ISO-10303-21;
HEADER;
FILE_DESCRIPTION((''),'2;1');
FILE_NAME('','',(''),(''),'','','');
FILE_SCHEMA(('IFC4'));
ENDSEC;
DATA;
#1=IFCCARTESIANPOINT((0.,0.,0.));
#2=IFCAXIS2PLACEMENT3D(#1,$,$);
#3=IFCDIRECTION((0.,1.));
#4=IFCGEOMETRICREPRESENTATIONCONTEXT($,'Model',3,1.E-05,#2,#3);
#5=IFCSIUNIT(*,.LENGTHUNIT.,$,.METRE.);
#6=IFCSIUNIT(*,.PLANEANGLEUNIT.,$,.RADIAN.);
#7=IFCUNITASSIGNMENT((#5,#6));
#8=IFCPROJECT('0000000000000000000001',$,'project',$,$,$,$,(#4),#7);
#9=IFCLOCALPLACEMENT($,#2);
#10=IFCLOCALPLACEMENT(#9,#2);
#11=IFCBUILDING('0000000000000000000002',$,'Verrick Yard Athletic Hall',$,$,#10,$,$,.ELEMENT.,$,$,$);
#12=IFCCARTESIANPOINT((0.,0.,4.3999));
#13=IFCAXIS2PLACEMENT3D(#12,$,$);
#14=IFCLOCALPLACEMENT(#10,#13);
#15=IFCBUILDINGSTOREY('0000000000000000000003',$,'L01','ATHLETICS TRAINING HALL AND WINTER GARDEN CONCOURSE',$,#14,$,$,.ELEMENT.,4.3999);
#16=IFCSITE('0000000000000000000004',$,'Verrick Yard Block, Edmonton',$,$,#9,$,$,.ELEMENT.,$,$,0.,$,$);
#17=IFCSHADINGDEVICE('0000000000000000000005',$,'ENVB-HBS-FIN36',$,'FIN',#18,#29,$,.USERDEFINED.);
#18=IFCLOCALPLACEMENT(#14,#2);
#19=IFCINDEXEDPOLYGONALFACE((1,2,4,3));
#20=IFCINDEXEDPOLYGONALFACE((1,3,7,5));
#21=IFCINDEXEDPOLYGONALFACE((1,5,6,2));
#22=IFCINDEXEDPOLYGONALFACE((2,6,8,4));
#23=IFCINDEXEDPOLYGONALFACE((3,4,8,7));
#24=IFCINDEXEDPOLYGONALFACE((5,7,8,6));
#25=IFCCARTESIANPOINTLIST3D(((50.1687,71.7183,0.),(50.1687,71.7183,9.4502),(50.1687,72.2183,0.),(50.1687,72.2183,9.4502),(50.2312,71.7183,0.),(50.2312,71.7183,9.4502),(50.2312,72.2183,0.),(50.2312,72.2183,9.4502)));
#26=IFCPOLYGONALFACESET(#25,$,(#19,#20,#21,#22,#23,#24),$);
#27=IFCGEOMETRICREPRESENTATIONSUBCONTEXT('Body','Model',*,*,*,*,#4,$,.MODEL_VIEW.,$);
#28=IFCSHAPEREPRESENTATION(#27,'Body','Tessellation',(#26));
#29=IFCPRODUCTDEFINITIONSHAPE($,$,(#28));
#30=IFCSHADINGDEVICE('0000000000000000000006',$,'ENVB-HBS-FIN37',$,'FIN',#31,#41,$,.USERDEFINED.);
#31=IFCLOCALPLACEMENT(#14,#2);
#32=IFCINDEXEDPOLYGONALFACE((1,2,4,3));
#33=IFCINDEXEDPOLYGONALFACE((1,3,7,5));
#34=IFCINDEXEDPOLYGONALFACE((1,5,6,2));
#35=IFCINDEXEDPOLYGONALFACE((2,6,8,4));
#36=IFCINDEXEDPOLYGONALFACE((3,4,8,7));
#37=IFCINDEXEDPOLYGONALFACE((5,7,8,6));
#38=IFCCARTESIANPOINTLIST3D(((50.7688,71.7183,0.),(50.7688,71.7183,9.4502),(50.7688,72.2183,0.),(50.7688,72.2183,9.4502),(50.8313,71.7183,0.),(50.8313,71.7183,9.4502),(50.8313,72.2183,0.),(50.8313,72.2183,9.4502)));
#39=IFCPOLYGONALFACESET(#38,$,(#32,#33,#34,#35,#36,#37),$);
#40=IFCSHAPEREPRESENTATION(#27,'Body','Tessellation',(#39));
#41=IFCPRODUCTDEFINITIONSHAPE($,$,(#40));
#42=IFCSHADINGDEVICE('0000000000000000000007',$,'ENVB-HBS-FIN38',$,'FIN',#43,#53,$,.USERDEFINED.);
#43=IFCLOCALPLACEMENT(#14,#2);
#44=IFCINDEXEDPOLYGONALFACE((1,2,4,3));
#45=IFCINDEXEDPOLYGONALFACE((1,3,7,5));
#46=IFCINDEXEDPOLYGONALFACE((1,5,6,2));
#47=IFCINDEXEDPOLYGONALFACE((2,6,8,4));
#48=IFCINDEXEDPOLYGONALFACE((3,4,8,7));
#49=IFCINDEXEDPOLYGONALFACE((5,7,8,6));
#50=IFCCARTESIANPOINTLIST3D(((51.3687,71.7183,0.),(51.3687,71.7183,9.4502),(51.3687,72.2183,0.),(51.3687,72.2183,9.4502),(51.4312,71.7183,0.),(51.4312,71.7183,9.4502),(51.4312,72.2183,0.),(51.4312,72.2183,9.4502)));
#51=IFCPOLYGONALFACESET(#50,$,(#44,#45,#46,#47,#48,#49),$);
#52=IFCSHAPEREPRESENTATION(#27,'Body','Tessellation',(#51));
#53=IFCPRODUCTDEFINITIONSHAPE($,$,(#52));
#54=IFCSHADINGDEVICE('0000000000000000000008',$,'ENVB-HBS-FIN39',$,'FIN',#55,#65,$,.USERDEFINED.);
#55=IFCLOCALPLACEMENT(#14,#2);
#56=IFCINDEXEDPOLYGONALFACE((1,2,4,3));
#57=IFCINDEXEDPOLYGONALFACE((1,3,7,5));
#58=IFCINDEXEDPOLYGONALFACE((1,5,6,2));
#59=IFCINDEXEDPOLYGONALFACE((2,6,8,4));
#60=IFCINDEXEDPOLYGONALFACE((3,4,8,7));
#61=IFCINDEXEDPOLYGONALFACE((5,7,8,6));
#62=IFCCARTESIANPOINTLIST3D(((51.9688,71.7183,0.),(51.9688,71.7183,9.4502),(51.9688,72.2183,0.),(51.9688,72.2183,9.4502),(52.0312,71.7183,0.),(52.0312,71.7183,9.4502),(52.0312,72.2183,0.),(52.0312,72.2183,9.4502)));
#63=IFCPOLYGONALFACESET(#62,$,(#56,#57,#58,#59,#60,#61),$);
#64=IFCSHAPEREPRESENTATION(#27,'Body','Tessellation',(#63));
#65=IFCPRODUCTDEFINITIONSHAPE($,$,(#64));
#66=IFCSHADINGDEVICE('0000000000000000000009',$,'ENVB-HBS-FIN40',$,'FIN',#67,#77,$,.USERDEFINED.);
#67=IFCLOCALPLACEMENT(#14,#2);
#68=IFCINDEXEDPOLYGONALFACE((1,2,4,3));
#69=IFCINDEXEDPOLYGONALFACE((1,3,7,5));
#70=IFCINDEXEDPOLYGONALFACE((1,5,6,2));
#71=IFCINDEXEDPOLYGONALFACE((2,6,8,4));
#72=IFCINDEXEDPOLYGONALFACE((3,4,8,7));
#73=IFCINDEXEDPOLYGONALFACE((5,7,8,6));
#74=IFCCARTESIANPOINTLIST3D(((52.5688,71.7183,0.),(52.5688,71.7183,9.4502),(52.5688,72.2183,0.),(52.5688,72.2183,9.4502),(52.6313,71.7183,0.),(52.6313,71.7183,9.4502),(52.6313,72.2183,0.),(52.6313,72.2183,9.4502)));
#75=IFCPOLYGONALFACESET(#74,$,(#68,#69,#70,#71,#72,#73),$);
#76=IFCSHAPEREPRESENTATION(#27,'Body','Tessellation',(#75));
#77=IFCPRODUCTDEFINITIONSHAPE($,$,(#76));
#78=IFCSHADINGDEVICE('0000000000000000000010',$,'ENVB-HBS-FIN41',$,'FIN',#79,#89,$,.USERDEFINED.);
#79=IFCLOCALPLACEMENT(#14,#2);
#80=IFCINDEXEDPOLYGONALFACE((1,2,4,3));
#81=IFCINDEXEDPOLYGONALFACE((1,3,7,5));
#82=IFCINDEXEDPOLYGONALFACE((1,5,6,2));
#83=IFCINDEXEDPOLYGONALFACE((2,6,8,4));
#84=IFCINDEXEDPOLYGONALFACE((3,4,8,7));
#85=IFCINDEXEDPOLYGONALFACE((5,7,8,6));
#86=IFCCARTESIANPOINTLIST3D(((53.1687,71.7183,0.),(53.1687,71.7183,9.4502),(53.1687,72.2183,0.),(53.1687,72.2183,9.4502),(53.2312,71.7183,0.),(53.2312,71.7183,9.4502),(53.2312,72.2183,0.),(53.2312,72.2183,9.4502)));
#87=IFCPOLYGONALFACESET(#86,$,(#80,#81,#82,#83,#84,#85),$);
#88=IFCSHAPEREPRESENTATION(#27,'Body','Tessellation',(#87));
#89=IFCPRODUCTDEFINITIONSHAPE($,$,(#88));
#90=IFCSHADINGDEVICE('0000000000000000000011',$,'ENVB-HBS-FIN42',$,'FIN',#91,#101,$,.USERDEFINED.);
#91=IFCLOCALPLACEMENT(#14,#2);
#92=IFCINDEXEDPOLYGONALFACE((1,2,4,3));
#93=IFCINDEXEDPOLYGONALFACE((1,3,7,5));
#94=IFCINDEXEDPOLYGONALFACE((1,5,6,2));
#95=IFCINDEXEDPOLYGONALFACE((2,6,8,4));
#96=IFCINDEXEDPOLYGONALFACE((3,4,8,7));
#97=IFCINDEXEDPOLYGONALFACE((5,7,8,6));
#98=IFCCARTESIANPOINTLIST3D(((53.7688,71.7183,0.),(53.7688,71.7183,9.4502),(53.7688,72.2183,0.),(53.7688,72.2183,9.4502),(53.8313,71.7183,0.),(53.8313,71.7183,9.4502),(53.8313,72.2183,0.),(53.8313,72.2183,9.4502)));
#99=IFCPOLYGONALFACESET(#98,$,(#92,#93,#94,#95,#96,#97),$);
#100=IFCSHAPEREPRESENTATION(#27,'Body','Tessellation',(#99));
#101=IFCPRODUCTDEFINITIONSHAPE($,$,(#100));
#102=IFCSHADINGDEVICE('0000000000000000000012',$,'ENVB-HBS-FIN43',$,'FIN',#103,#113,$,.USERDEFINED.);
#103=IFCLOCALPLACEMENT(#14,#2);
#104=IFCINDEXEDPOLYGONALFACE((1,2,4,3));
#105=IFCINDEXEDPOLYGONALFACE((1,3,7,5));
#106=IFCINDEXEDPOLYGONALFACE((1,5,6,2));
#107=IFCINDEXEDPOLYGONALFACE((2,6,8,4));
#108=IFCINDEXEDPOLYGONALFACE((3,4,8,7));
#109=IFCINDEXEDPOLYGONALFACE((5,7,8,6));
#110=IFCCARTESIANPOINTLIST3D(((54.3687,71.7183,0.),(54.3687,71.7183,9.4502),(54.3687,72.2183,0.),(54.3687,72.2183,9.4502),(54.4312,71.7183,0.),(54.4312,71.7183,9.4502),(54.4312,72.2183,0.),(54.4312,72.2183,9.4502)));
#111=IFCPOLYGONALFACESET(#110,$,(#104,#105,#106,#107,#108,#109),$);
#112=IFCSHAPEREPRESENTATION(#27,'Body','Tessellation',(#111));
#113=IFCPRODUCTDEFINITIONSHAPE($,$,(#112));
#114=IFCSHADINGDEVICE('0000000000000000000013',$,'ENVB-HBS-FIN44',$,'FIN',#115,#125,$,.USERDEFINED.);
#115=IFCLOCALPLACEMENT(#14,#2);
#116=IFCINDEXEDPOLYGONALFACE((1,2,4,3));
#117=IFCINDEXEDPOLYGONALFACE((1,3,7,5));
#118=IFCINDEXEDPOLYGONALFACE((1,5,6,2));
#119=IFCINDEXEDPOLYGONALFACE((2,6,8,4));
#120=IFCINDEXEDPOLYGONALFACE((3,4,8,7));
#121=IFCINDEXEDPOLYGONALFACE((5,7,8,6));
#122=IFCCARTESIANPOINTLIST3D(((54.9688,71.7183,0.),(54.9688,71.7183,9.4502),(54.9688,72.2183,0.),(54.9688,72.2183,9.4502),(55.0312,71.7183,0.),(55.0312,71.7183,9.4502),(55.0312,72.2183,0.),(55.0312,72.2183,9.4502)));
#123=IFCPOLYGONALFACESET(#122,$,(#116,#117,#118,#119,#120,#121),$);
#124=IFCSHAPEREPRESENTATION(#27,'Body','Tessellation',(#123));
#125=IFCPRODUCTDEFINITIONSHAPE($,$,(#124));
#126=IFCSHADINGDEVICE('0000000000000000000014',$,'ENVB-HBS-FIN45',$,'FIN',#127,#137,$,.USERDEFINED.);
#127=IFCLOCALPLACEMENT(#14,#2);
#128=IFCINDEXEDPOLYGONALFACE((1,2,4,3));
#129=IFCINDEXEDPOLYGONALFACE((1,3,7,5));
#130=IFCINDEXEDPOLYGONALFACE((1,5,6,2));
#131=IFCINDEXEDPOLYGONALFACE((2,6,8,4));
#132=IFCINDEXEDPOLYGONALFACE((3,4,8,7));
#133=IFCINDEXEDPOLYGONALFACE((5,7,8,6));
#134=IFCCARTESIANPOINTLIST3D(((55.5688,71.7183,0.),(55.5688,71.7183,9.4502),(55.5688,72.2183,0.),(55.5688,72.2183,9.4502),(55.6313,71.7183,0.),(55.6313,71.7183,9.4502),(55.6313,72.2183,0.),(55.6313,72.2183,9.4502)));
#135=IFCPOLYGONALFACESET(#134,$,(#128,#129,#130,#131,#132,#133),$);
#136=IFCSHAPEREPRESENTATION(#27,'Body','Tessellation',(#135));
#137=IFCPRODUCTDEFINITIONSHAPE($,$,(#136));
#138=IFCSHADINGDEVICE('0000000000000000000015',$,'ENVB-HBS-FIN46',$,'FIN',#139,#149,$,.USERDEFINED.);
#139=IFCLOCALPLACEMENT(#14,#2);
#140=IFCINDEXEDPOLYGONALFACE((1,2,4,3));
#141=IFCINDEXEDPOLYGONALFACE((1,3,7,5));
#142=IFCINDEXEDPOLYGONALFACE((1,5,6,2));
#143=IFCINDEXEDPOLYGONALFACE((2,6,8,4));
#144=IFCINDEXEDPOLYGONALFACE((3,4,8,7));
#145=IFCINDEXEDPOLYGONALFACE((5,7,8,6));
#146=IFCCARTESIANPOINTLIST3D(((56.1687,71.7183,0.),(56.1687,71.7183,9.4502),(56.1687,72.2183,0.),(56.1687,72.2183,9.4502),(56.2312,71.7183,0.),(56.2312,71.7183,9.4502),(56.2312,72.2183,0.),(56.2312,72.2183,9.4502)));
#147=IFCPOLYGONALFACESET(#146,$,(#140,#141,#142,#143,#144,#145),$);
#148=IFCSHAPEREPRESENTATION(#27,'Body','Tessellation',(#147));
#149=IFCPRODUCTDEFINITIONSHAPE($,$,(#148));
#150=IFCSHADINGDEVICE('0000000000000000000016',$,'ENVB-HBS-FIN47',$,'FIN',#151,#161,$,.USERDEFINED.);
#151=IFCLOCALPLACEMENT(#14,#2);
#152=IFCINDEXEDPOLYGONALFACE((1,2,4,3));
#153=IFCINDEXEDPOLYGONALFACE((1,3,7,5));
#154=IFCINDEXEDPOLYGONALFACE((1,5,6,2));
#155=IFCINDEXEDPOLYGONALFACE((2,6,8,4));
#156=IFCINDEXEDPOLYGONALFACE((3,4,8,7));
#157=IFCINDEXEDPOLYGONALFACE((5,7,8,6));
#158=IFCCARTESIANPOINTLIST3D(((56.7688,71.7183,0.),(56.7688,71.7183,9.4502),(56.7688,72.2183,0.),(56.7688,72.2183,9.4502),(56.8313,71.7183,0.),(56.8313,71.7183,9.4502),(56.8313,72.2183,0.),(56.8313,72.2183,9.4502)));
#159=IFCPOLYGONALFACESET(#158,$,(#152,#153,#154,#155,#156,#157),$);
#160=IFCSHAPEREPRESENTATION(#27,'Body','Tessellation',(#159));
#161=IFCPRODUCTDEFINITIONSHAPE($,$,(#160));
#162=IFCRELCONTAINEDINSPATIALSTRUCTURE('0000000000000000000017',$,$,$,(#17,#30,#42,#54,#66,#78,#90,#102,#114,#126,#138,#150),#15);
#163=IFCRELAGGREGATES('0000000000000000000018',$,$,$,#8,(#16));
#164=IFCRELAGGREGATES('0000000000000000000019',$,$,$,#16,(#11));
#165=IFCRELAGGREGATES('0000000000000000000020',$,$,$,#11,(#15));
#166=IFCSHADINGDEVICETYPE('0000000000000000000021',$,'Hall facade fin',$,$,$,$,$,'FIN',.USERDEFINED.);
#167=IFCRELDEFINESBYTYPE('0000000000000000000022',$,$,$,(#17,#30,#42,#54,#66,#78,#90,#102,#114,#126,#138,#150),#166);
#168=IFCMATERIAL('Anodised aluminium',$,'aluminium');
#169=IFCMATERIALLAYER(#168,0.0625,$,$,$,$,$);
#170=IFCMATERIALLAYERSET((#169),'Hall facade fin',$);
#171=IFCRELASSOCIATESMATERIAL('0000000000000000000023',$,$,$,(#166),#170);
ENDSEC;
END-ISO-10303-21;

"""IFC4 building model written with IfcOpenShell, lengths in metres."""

from ifc_helpers import new_model, si_unit, direction, frame, origin, place, context, subcontext, project, spatial, polyline, outline, extrude, material, layer, layer_set, type_object, element, save


model = new_model("IFC4")

# Units and contexts
model_context = context("Model", 3, precision=1e-05, world=origin(), true_north=direction((0.0, 1.0)))
body_context = subcontext(model_context, "Body", "Model", "MODEL_VIEW")
ifc_project = project(units=[si_unit("LENGTHUNIT", "METRE"), si_unit("PLANEANGLEUNIT", "RADIAN")], contexts=[model_context])

# Site, building, storey
site_placement = place(None, origin())
site = spatial("IfcSite", under=ifc_project, at=site_placement, Name="Verrick Yard Block, Edmonton", CompositionType="ELEMENT", RefElevation=0.0)
building_placement = place(site_placement, origin())
building = spatial("IfcBuilding", under=site, at=building_placement, Name="Verrick Yard Athletic Hall", CompositionType="ELEMENT")
storey_placement = place(building_placement, frame((0.0, 0.0, 4.3999)))
storey = spatial("IfcBuildingStorey", under=building, at=storey_placement, Name="L01", Description="ATHLETICS TRAINING HALL AND WINTER GARDEN CONCOURSE", CompositionType="ELEMENT", Elevation=4.3999)

# Shared definitions
ifc_material_1 = material(Name="Anodised aluminium", Category="aluminium")

# Shading devices
ifc_layer_1 = layer(ifc_material_1, 0.0625)
ifc_layer_set_1 = layer_set([ifc_layer_1], Name="Hall facade fin")
shading_device_type = type_object("IfcShadingDeviceType", Name="Hall facade fin", ElementType="FIN", PredefinedType="USERDEFINED", material=ifc_layer_set_1)
for number, where, z_axis, x_axis, name in (
    (1, (50.2, 71.7183, 0.0), (0.0, 0.0, 1.0), (0.0, 1.0, 0.0), "ENVB-HBS-FIN36"),
    (2, (50.8, 71.7183, 0.0), (0.0, 0.0, 1.0), (0.0, 1.0, 0.0), "ENVB-HBS-FIN37"),
    (3, (51.3999, 71.7183, 0.0), (0.0, 0.0, 1.0), (0.0, 1.0, 0.0), "ENVB-HBS-FIN38"),
    (4, (52.0, 71.7183, 0.0), (0.0, 0.0, 1.0), (0.0, 1.0, 0.0), "ENVB-HBS-FIN39"),
    (5, (52.6001, 71.7183, 0.0), (0.0, 0.0, 1.0), (0.0, 1.0, 0.0), "ENVB-HBS-FIN40"),
    (6, (53.2, 71.7183, 0.0), (0.0, 0.0, 1.0), (0.0, 1.0, 0.0), "ENVB-HBS-FIN41"),
    (7, (53.8, 71.7183, 0.0), (0.0, 0.0, 1.0), (0.0, 1.0, 0.0), "ENVB-HBS-FIN42"),
    (8, (54.3999, 71.7183, 0.0), (0.0, 0.0, 1.0), (0.0, 1.0, 0.0), "ENVB-HBS-FIN43"),
    (9, (55.0, 71.7183, 0.0), (0.0, 0.0, 1.0), (0.0, 1.0, 0.0), "ENVB-HBS-FIN44"),
    (10, (55.6001, 71.7183, 0.0), (0.0, 0.0, 1.0), (0.0, 1.0, 0.0), "ENVB-HBS-FIN45"),
    (11, (56.2, 71.7183, 0.0), (0.0, 0.0, 1.0), (0.0, 1.0, 0.0), "ENVB-HBS-FIN46"),
    (12, (56.8, 71.7183, 0.0), (0.0, 0.0, 1.0), (0.0, 1.0, 0.0), "ENVB-HBS-FIN47"),
):
    element("IfcShadingDevice", number, at=place(storey_placement, frame(where, z_axis=z_axis, x_axis=x_axis)), inside=storey, type_object=shading_device_type, Name=name, ObjectType="FIN", PredefinedType="USERDEFINED", context=body_context, shape_type="SweptSolid", body=[
        extrude(outline(polyline([(0.0, 0.0), (0.5, 0.0), (0.5, 9.4502), (0.0, 9.4502), (0.0, 0.0)])), frame((0.0, 0.0312, 0.0), z_axis=(0.0, -1.0, 0.0), x_axis=(1.0, 0.0, 0.0)), (0.0, 0.0, 1.0), 0.0625),
    ])

save(model, "model.ifc")
